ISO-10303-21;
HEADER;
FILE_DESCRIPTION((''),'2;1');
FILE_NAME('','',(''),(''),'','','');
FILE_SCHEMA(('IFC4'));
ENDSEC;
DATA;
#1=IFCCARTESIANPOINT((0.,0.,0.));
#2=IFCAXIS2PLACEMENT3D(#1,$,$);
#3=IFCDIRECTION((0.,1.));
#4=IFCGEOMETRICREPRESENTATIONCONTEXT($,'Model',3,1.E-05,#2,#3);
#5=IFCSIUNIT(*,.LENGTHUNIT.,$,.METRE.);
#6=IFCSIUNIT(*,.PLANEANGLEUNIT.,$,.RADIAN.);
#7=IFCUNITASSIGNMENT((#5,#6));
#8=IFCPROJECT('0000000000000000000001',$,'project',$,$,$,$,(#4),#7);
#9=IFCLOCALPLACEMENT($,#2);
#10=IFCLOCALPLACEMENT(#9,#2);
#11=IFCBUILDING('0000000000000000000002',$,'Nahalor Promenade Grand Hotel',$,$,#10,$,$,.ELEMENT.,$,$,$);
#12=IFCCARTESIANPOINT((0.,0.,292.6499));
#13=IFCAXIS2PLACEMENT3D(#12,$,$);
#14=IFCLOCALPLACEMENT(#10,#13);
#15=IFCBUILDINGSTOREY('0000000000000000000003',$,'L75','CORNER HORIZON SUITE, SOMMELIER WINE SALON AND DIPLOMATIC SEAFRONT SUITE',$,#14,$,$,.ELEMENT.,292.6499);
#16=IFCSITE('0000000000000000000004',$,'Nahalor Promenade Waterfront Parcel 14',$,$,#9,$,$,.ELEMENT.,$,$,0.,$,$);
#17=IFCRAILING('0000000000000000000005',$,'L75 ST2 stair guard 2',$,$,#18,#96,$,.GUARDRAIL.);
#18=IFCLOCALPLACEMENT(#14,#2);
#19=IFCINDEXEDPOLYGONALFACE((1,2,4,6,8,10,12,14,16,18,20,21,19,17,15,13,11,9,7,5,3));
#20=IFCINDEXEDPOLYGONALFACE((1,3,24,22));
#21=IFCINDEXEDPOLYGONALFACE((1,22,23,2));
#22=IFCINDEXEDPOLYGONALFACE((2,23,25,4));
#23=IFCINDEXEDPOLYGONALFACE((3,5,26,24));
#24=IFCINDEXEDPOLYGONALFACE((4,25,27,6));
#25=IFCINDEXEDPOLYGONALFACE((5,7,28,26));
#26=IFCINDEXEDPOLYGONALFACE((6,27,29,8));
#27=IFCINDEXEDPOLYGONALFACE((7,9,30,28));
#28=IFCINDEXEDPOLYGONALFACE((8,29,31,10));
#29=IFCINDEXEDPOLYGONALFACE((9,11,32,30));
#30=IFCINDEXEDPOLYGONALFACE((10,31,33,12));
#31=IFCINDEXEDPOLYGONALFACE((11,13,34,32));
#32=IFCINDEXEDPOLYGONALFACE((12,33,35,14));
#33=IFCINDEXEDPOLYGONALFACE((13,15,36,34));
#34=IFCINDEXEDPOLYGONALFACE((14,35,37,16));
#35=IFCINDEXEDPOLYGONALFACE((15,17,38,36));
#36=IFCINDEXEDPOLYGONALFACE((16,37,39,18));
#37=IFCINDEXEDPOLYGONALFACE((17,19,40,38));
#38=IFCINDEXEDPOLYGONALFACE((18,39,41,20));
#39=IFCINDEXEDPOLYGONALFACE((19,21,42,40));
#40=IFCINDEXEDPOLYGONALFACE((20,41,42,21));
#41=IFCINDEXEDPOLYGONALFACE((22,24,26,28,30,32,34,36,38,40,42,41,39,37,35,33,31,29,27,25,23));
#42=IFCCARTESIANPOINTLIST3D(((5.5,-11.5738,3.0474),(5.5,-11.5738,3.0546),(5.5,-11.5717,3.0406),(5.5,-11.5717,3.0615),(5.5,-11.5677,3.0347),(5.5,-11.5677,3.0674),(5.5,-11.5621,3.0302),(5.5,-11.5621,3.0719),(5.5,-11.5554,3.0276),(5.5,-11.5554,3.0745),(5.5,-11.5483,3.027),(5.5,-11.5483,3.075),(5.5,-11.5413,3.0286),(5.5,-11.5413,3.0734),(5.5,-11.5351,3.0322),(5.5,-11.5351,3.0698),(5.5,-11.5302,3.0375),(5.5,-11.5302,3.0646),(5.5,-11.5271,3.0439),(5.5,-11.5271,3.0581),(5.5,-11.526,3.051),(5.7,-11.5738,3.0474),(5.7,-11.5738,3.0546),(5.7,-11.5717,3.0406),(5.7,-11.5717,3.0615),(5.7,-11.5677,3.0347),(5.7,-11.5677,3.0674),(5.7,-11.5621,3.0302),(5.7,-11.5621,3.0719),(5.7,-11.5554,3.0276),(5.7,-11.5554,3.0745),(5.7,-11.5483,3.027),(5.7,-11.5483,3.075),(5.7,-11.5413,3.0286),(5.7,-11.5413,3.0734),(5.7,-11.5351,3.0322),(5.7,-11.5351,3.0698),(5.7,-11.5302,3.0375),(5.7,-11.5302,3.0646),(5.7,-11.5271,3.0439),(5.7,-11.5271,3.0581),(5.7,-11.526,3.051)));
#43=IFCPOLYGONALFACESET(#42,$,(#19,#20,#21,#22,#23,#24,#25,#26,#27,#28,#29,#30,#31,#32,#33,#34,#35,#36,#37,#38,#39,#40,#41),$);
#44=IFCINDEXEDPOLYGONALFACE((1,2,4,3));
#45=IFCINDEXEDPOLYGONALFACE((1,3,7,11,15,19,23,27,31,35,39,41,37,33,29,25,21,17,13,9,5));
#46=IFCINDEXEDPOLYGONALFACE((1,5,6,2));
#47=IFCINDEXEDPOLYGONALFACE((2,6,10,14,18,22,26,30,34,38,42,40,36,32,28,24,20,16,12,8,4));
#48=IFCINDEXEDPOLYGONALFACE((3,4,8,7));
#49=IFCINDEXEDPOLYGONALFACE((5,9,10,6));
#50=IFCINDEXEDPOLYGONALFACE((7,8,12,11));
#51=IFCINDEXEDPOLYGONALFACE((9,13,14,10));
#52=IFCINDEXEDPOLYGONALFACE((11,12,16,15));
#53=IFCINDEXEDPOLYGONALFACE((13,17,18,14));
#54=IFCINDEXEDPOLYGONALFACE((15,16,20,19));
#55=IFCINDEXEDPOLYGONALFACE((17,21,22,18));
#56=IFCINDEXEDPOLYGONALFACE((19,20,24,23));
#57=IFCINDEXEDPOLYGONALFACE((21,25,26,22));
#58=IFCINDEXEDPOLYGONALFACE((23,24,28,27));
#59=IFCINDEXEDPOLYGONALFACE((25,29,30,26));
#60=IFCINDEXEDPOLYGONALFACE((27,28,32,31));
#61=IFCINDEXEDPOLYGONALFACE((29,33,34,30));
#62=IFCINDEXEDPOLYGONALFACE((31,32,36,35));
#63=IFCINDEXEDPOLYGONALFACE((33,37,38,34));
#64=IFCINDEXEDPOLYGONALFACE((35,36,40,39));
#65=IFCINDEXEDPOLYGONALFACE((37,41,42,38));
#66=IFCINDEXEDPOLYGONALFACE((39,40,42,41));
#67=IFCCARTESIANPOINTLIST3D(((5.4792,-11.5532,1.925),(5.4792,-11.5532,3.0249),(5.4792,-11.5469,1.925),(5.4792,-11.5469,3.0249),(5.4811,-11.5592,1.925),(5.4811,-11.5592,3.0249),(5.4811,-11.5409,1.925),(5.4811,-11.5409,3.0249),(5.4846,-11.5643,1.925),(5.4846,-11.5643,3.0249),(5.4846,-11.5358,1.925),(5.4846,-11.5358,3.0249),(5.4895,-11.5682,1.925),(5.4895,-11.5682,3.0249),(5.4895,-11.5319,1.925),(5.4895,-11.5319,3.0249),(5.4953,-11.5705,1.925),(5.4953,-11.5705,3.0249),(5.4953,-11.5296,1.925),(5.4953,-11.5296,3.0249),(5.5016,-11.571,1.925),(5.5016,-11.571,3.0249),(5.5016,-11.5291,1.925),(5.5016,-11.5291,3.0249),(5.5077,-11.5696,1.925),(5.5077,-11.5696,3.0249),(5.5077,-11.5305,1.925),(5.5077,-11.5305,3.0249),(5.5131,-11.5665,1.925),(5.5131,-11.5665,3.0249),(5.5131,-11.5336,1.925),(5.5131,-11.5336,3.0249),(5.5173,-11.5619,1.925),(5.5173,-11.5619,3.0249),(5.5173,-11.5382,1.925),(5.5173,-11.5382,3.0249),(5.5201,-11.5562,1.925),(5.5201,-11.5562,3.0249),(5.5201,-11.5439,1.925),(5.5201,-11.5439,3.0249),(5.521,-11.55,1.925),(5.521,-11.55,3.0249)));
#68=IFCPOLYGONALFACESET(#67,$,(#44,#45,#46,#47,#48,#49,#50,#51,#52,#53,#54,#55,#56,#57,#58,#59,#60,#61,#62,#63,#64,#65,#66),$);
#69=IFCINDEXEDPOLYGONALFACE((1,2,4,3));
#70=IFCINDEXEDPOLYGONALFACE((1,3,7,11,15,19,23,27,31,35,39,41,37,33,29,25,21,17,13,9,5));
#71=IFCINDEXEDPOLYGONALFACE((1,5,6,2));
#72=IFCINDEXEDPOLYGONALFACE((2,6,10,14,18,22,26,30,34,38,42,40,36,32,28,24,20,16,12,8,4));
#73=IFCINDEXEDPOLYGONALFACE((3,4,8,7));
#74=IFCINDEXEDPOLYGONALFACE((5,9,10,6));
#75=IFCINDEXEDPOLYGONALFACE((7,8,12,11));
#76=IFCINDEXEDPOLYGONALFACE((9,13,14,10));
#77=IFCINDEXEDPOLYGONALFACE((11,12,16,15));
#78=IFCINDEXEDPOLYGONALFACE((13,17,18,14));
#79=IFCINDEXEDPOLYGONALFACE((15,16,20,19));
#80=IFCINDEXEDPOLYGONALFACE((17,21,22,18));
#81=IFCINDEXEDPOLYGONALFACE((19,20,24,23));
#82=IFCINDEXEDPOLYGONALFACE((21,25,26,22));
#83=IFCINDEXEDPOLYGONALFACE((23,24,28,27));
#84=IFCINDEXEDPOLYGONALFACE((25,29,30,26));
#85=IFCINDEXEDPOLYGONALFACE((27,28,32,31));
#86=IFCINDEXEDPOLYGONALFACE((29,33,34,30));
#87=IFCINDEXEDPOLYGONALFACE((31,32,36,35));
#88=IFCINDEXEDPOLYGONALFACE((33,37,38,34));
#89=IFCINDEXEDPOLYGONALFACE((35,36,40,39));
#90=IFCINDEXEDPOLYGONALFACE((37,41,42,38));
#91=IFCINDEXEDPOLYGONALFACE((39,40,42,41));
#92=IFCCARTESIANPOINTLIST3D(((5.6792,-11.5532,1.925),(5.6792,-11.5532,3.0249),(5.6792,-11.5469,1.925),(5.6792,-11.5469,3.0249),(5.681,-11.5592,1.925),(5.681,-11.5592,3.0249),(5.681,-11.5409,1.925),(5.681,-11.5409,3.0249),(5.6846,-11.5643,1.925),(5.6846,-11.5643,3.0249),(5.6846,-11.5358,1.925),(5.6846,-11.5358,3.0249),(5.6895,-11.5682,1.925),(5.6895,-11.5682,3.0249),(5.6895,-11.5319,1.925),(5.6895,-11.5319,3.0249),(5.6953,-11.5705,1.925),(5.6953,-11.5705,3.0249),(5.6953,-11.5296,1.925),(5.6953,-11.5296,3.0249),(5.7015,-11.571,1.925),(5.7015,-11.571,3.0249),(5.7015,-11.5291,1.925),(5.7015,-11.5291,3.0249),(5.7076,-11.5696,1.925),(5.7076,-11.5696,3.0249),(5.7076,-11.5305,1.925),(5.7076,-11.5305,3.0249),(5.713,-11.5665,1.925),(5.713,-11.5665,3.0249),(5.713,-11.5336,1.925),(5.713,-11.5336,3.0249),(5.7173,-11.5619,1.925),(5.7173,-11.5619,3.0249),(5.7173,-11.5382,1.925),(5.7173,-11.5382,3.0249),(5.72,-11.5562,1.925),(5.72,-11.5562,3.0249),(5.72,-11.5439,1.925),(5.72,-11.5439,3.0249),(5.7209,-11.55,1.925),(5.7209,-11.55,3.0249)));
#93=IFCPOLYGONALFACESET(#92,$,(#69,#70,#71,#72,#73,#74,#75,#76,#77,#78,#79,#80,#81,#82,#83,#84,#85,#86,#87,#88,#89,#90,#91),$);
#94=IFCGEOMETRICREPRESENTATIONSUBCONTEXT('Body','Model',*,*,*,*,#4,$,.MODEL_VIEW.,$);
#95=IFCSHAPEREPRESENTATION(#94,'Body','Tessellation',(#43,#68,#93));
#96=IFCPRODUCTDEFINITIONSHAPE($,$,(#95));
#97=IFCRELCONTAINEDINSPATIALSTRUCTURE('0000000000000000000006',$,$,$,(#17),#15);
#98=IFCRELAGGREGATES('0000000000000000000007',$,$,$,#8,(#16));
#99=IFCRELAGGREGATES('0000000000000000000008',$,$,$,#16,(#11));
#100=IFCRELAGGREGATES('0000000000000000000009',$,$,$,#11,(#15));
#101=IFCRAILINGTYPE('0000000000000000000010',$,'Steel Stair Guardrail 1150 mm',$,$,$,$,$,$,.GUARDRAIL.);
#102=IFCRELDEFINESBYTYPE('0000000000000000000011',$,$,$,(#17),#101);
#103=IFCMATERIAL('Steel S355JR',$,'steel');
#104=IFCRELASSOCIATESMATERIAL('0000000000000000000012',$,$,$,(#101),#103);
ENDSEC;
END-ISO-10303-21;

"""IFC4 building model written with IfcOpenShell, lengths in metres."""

from ifc_helpers import new_model, si_unit, direction, frame, origin, origin_2d, place, context, subcontext, project, spatial, circle, extrude, material, type_object, element, save


model = new_model("IFC4")

# Units and contexts
model_context = context("Model", 3, precision=1e-05, world=origin(), true_north=direction((0.0, 1.0)))
body_context = subcontext(model_context, "Body", "Model", "MODEL_VIEW")
ifc_project = project(units=[si_unit("LENGTHUNIT", "METRE"), si_unit("PLANEANGLEUNIT", "RADIAN")], contexts=[model_context])

# Site, building, storey
site_placement = place(None, origin())
site = spatial("IfcSite", under=ifc_project, at=site_placement, Name="Nahalor Promenade Waterfront Parcel 14", CompositionType="ELEMENT", RefElevation=0.0)
building_placement = place(site_placement, origin())
building = spatial("IfcBuilding", under=site, at=building_placement, Name="Nahalor Promenade Grand Hotel", CompositionType="ELEMENT")
storey_placement = place(building_placement, frame((0.0, 0.0, 292.6499)))
storey = spatial("IfcBuildingStorey", under=building, at=storey_placement, Name="L75", Description="CORNER HORIZON SUITE, SOMMELIER WINE SALON AND DIPLOMATIC SEAFRONT SUITE", CompositionType="ELEMENT", Elevation=292.6499)

# Shared definitions
ifc_material_1 = material(Name="Steel S355JR", Category="steel")

# Railing
railing_type_1 = type_object("IfcRailingType", Name="Steel Stair Guardrail 1150 mm", PredefinedType="GUARDRAIL", material=ifc_material_1)
railing_1_placement = place(storey_placement, frame((5.5, -11.55, 1.925)))
element("IfcRailing", 1, at=railing_1_placement, inside=storey, type_object=railing_type_1, Name="L75 ST2 stair guard 2", PredefinedType="GUARDRAIL", context=body_context, shape_type="SweptSolid", body=[
    extrude(circle(Radius=0.024, at=origin_2d()), frame((0.0, 0.0, 1.126), z_axis=(1.0, 0.0, 0.0), x_axis=(0.0, 1.0, 0.0)), (0.0, 0.0, 1.0), 0.2),
    extrude(circle(Radius=0.021, at=origin_2d()), origin(), (0.0, 0.0, 1.0), 1.0999),
    extrude(circle(Radius=0.021, at=origin_2d()), frame((0.2, 0.0, 0.0)), (0.0, 0.0, 1.0), 1.0999),
])

save(model, "model.ifc")
